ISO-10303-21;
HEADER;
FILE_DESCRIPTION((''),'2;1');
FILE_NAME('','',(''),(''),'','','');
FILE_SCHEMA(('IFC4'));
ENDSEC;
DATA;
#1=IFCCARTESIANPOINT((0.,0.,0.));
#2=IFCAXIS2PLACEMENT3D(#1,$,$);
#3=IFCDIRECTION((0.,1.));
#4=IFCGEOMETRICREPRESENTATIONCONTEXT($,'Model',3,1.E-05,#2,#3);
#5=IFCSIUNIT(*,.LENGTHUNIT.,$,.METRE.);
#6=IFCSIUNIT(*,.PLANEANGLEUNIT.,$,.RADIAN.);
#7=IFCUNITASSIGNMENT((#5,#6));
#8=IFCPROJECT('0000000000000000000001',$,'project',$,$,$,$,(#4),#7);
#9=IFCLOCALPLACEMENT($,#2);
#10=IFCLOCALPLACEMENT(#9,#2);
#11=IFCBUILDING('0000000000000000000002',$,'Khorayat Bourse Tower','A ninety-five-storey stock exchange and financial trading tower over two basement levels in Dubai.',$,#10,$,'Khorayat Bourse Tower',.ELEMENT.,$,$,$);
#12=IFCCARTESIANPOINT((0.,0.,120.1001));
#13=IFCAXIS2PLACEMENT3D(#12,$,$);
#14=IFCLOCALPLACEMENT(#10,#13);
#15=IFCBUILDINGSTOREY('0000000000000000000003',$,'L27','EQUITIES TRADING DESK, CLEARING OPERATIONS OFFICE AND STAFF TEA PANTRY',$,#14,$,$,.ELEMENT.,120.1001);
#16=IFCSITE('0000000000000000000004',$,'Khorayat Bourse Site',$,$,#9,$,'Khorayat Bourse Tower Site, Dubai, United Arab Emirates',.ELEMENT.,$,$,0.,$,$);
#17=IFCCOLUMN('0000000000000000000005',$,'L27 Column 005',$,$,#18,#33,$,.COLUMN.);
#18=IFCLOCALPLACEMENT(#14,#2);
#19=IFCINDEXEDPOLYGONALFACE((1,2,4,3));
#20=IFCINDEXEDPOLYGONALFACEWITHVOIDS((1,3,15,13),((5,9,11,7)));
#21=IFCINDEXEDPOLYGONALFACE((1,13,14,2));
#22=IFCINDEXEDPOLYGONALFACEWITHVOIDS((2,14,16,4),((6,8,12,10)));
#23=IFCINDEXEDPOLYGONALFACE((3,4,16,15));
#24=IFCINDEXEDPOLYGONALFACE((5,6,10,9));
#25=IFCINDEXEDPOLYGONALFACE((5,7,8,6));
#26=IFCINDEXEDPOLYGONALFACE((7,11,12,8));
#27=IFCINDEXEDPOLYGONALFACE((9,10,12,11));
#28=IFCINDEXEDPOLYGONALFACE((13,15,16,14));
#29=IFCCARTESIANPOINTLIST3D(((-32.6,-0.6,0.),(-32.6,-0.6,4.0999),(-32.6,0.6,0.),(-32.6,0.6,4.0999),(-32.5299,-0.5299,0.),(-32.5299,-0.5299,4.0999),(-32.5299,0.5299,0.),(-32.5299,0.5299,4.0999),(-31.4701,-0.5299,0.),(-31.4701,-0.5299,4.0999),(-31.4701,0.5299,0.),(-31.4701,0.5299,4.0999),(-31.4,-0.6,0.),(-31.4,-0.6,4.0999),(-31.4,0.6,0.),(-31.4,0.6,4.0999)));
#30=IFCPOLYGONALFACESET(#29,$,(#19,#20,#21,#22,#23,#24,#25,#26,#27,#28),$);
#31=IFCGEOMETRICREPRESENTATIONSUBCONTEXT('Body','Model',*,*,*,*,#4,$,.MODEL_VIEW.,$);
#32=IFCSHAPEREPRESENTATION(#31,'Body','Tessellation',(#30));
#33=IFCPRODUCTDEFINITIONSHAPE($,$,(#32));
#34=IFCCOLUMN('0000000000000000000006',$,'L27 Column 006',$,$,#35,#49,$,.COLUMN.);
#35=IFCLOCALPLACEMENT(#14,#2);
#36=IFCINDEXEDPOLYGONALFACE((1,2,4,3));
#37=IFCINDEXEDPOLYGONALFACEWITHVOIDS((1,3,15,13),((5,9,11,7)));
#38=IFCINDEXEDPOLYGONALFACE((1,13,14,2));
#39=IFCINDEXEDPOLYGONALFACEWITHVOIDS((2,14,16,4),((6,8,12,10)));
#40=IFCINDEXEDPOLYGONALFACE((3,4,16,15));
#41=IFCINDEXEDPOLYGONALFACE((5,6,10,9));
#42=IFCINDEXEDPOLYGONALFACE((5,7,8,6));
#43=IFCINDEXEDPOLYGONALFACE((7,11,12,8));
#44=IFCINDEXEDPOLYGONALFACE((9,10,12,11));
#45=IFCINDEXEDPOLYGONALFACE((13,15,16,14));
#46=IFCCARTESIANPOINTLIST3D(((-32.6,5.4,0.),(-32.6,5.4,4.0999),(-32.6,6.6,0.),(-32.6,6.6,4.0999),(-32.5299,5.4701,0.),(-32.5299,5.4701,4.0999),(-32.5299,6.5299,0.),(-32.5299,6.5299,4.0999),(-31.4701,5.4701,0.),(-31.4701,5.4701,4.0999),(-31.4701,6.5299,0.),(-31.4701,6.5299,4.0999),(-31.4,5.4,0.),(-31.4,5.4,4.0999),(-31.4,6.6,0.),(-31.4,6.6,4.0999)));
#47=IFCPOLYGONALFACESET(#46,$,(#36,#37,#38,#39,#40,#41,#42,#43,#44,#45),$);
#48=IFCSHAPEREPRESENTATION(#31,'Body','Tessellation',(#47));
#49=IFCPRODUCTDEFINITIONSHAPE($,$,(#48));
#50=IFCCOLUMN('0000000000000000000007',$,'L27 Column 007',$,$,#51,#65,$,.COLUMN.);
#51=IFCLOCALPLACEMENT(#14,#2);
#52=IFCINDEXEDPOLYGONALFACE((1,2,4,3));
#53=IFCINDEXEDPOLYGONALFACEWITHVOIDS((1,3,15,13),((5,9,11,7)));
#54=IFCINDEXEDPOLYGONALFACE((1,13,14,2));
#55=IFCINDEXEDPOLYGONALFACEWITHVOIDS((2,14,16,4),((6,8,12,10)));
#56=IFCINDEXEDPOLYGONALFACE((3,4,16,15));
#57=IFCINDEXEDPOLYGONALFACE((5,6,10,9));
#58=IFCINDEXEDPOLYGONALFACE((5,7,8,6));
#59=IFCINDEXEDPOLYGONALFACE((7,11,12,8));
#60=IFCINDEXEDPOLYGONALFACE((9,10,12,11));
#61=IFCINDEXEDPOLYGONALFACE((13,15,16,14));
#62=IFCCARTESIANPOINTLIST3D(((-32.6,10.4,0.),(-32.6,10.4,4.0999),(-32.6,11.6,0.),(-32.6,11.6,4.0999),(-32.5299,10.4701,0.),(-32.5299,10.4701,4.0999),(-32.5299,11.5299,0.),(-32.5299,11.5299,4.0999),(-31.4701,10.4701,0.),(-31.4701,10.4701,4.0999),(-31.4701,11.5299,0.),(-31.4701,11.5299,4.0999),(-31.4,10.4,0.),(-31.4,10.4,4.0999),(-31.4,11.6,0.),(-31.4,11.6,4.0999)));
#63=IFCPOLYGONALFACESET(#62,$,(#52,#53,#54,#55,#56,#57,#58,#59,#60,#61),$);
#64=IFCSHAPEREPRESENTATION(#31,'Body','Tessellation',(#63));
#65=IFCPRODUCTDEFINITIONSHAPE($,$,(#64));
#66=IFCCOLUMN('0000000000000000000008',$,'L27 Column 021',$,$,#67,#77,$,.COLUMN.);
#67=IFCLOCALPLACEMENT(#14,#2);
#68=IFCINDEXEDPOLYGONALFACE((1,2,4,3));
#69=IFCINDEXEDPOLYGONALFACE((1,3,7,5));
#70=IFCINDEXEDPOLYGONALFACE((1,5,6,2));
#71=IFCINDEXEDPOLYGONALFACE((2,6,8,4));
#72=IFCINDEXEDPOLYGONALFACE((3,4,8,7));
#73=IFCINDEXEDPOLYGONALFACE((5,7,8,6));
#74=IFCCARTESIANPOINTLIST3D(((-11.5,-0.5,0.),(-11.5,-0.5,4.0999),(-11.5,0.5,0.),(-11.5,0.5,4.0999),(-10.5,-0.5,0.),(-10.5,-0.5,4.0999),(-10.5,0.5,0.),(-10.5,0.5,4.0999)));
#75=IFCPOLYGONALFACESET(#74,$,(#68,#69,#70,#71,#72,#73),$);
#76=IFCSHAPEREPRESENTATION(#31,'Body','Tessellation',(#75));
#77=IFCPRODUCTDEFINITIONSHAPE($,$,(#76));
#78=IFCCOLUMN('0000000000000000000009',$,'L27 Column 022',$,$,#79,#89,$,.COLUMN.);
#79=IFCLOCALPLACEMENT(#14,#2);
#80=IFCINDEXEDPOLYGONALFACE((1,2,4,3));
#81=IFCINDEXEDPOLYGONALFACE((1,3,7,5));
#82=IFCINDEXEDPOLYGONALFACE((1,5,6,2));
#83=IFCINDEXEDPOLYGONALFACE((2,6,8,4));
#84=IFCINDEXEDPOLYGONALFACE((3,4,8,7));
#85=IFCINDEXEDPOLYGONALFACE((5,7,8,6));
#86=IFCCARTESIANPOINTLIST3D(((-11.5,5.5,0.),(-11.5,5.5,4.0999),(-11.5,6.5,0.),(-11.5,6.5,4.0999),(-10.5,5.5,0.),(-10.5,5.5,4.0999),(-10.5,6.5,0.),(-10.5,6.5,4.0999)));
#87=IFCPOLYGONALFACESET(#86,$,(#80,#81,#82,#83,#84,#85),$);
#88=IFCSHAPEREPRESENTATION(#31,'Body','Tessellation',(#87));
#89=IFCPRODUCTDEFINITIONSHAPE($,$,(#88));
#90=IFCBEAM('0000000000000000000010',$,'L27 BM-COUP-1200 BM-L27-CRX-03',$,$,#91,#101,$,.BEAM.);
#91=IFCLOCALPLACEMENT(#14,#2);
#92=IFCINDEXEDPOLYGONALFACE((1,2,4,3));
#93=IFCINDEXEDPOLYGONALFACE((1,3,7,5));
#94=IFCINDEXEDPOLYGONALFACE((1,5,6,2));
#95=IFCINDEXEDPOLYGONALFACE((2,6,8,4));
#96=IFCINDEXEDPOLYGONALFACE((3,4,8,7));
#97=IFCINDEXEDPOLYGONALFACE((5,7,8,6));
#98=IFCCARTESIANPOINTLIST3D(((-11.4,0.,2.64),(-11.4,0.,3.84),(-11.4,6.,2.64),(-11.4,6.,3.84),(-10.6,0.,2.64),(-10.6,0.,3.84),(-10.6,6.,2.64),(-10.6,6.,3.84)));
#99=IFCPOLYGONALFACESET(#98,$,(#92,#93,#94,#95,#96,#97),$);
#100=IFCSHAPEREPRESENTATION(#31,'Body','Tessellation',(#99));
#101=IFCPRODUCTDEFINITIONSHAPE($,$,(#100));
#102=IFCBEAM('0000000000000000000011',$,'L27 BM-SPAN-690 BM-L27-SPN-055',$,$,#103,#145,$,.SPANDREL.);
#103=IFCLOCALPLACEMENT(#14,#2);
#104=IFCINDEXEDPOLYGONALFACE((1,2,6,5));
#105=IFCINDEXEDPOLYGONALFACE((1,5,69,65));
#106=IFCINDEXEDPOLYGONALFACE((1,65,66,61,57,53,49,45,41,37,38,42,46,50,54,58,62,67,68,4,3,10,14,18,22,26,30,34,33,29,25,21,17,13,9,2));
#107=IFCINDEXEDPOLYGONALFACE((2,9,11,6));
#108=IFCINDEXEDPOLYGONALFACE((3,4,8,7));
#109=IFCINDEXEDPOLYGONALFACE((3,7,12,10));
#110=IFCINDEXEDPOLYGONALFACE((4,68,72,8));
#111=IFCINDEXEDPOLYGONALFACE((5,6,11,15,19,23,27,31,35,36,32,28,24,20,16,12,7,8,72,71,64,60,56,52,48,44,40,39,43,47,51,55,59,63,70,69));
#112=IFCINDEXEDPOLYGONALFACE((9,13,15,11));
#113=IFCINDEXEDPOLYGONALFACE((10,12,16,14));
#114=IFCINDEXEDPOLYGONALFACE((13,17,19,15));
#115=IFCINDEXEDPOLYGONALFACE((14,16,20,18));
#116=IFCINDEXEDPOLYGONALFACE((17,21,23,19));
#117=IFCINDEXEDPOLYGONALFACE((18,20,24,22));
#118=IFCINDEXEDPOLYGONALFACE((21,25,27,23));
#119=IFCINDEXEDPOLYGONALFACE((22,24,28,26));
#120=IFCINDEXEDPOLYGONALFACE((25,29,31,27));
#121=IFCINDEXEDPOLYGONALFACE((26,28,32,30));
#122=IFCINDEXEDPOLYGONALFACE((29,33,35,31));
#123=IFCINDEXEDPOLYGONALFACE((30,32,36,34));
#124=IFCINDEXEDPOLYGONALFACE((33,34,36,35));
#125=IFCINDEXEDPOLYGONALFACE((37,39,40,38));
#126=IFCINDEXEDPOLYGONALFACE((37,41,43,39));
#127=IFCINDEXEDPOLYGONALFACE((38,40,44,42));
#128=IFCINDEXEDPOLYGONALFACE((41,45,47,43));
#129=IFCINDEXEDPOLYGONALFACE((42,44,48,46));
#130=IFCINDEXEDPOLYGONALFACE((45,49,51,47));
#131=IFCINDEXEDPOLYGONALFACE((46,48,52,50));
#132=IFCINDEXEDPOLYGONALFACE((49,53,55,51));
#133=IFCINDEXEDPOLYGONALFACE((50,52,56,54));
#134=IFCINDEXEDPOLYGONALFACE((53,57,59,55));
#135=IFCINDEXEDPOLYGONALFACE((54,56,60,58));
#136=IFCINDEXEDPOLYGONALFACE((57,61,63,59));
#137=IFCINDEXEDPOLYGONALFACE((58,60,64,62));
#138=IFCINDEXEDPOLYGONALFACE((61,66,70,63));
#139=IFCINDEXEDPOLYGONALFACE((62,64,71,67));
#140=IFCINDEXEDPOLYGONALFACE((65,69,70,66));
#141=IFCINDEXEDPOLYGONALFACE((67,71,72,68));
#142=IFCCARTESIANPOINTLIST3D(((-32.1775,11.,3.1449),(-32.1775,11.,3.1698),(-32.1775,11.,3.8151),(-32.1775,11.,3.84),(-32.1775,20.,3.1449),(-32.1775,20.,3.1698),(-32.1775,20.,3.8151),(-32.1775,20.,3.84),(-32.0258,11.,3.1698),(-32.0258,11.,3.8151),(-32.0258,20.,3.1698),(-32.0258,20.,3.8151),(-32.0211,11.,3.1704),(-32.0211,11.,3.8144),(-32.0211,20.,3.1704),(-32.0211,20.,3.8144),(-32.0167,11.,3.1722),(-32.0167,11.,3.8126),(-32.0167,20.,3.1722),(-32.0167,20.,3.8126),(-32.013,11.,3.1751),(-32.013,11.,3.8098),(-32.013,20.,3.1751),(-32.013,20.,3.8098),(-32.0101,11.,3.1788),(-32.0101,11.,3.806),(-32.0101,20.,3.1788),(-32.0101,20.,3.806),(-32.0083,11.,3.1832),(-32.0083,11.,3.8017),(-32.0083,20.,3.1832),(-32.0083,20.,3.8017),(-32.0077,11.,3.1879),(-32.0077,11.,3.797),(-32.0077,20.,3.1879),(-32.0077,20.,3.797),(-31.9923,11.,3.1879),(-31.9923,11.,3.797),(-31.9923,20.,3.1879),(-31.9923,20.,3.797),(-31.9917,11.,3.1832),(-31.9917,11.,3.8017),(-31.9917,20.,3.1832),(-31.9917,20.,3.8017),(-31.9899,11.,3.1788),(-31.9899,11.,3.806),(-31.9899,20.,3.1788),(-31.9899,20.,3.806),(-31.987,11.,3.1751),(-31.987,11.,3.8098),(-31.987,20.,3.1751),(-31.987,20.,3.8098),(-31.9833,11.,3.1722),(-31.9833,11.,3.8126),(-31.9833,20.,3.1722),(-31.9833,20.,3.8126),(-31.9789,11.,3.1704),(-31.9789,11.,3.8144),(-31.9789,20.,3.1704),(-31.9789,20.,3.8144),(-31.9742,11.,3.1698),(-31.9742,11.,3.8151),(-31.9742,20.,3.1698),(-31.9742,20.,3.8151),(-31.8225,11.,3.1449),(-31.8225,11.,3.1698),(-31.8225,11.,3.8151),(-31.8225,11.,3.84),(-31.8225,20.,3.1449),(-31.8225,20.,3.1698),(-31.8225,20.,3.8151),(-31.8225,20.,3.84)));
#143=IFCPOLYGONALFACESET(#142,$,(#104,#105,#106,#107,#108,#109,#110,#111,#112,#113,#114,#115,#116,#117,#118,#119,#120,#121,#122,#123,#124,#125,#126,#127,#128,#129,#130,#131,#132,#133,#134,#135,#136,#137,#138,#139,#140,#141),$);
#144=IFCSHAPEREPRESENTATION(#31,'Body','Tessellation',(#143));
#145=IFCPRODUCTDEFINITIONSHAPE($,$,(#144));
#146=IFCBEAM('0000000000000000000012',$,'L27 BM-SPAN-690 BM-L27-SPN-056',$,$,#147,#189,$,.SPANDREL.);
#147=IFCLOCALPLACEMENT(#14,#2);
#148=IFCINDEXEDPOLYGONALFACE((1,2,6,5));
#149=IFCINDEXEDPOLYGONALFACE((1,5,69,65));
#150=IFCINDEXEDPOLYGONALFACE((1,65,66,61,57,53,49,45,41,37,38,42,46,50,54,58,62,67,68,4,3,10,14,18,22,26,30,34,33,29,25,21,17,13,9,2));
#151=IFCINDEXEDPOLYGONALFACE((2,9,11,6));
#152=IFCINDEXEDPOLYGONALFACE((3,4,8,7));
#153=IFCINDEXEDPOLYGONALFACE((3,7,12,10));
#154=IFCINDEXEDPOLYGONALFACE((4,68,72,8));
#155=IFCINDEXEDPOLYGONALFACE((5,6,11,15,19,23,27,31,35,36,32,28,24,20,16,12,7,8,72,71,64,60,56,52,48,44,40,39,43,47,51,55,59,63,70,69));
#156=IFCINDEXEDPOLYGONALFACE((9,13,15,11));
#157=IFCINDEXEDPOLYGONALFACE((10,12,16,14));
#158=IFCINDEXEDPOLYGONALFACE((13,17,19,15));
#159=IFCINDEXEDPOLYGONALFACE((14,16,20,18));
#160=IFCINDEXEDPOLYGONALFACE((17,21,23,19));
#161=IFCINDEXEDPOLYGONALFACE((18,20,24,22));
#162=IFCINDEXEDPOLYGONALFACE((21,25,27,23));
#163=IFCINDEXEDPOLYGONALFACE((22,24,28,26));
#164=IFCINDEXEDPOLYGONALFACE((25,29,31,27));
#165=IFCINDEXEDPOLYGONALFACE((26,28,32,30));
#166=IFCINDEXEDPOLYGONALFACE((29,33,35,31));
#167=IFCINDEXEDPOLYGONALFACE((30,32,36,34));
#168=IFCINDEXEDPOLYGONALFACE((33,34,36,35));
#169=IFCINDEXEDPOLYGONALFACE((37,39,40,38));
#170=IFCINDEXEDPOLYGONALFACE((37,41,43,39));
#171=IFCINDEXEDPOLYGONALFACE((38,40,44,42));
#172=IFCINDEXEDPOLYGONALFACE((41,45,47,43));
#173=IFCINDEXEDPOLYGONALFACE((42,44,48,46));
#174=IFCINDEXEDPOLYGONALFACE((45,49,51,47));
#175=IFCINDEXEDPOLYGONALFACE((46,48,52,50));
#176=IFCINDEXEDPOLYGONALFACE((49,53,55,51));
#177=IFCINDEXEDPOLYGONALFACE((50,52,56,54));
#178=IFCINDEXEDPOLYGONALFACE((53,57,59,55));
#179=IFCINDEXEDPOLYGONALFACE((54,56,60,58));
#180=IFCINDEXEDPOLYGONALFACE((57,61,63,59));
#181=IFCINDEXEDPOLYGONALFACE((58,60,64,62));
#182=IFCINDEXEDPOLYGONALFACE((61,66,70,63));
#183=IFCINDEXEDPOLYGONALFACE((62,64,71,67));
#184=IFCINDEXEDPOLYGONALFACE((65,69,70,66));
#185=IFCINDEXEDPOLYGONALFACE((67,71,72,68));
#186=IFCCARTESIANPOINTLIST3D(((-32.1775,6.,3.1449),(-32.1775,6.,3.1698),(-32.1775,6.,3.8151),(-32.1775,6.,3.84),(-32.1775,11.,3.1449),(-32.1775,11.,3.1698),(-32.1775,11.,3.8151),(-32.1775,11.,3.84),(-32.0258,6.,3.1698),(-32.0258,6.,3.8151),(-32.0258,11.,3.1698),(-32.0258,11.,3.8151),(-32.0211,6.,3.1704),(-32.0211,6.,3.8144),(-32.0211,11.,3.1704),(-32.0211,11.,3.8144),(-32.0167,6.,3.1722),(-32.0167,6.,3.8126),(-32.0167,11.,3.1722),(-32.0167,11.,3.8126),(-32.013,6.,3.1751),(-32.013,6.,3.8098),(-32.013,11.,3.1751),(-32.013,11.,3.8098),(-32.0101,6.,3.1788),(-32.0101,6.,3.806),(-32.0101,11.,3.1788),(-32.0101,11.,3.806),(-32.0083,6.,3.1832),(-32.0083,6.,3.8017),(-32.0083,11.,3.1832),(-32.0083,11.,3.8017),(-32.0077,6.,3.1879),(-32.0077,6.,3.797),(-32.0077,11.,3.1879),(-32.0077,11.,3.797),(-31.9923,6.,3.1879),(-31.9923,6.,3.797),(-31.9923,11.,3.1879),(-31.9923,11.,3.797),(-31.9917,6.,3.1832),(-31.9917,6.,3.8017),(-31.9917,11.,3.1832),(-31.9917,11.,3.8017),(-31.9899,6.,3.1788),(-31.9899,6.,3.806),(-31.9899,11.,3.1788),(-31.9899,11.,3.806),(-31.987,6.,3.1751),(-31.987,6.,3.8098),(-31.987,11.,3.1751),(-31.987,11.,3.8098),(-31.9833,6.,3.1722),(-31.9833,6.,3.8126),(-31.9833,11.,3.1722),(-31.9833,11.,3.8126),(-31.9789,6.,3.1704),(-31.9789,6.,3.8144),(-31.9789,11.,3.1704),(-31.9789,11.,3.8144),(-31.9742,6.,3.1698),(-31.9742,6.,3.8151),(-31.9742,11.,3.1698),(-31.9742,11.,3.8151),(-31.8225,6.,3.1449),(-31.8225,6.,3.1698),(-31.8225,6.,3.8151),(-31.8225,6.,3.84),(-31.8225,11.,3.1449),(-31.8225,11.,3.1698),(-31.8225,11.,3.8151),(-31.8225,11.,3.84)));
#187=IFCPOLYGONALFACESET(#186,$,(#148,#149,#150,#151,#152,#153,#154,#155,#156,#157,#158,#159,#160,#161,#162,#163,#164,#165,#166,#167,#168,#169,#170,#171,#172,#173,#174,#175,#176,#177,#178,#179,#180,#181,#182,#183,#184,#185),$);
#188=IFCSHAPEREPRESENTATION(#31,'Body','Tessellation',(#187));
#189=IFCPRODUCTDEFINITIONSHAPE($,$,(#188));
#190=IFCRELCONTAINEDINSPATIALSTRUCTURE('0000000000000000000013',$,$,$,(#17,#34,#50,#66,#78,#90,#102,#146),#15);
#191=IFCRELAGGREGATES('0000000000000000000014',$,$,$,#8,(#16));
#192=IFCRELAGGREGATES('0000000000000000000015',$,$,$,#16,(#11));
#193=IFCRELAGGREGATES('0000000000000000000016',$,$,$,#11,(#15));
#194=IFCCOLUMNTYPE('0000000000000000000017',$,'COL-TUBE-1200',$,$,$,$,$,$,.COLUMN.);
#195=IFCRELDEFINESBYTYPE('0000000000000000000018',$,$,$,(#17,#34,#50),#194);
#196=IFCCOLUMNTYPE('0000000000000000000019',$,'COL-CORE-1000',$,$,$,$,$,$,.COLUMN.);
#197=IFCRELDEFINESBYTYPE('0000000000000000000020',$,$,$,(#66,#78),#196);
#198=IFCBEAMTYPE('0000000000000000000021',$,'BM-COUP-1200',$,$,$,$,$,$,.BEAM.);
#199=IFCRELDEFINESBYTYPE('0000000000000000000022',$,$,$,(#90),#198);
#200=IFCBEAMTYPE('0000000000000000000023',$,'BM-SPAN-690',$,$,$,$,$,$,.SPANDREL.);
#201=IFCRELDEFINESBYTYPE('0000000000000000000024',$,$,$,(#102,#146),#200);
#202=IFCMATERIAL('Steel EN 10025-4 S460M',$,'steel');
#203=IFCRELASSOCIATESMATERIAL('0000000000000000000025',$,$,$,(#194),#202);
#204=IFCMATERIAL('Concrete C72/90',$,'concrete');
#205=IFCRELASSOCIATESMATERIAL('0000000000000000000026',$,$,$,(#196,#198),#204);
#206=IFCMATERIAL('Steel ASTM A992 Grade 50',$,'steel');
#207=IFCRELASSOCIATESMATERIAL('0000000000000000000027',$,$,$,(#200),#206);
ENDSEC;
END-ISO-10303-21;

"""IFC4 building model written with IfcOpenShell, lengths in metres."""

from ifc_helpers import new_model, si_unit, direction, frame, origin, origin_2d, place, context, subcontext, project, spatial, rectangle, hollow_rectangle, i_section, extrude, source, transform, mapped, material, material_profile, profile_set, type_object, element, save


model = new_model("IFC4")

# Units and contexts
model_context = context("Model", 3, precision=1e-05, world=origin(), true_north=direction((0.0, 1.0)))
body_context = subcontext(model_context, "Body", "Model", "MODEL_VIEW")
ifc_project = project(units=[si_unit("LENGTHUNIT", "METRE"), si_unit("PLANEANGLEUNIT", "RADIAN")], contexts=[model_context])

# Site, building, storey
site_placement = place(None, origin())
site = spatial("IfcSite", under=ifc_project, at=site_placement, Name="Khorayat Bourse Site", LongName="Khorayat Bourse Tower Site, Dubai, United Arab Emirates", CompositionType="ELEMENT", RefElevation=0.0)
building_placement = place(site_placement, origin())
building = spatial("IfcBuilding", under=site, at=building_placement, Name="Khorayat Bourse Tower", Description="A ninety-five-storey stock exchange and financial trading tower over two basement levels in Dubai.", LongName="Khorayat Bourse Tower", CompositionType="ELEMENT")
storey_placement = place(building_placement, frame((0.0, 0.0, 120.1001)))
storey = spatial("IfcBuildingStorey", under=building, at=storey_placement, Name="L27", Description="EQUITIES TRADING DESK, CLEARING OPERATIONS OFFICE AND STAFF TEA PANTRY", CompositionType="ELEMENT", Elevation=120.1001)

# Columns
ifc_material_1 = material(Name="Steel EN 10025-4 S460M", Category="steel")
ifc_material_profile_1 = material_profile(ifc_material_1, hollow_rectangle(XDim=1.2, YDim=1.2, WallThickness=0.0701, at=origin_2d()), Name="BOX 1200x1200x70")
ifc_profile_set_1 = profile_set([ifc_material_profile_1], Name="Steel EN 10025-4 S460M")
column_type_1 = type_object("IfcColumnType", Name="COL-TUBE-1200", PredefinedType="COLUMN", material=ifc_profile_set_1)
shared_shape_1 = source(origin(), body_context, "Body", "SweptSolid", [
    extrude(hollow_rectangle(XDim=1.2, YDim=1.2, WallThickness=0.0701, at=origin_2d()), origin(), (0.0, 0.0, 1.0), 4.0999),
])
for number, where, z_axis, x_axis, name in (
    (1, (-32.0, 0.0, 0.0), (0.0, 0.0, 1.0), (1.0, 0.0, 0.0), "L27 Column 005"),
    (2, (-32.0, 6.0, 0.0), (0.0, 0.0, 1.0), (1.0, 0.0, 0.0), "L27 Column 006"),
    (3, (-32.0, 11.0, 0.0), (0.0, 0.0, 1.0), (1.0, 0.0, 0.0), "L27 Column 007"),
):
    element("IfcColumn", number, at=place(storey_placement, frame(where, z_axis=z_axis, x_axis=x_axis)), inside=storey, type_object=column_type_1, Name=name, PredefinedType="COLUMN", context=body_context, shape_type="MappedRepresentation", body=[
        mapped(shared_shape_1, transform((0.0, 0.0, 0.0), scale=1.0)),
    ])
ifc_material_2 = material(Name="Concrete C72/90", Category="concrete")
ifc_material_profile_2 = material_profile(ifc_material_2, rectangle(XDim=1.0, YDim=1.0, at=origin_2d()), Name="RC 1000x1000")
ifc_profile_set_2 = profile_set([ifc_material_profile_2], Name="Concrete C72/90")
column_type_2 = type_object("IfcColumnType", Name="COL-CORE-1000", PredefinedType="COLUMN", material=ifc_profile_set_2)
shared_shape_2 = source(origin(), body_context, "Body", "SweptSolid", [
    extrude(rectangle(XDim=1.0, YDim=1.0, at=origin_2d()), origin(), (0.0, 0.0, 1.0), 4.0999),
])
for number, where, z_axis, x_axis, name in (
    (4, (-11.0, 0.0, 0.0), (0.0, 0.0, 1.0), (1.0, 0.0, 0.0), "L27 Column 021"),
    (5, (-11.0, 6.0, 0.0), (0.0, 0.0, 1.0), (1.0, 0.0, 0.0), "L27 Column 022"),
):
    element("IfcColumn", number, at=place(storey_placement, frame(where, z_axis=z_axis, x_axis=x_axis)), inside=storey, type_object=column_type_2, Name=name, PredefinedType="COLUMN", context=body_context, shape_type="MappedRepresentation", body=[
        mapped(shared_shape_2, transform((0.0, 0.0, 0.0), scale=1.0)),
    ])

# Beams
ifc_material_profile_3 = material_profile(ifc_material_2, rectangle(XDim=0.8, YDim=1.2, at=origin_2d()), Name="RC 800x1200")
ifc_profile_set_3 = profile_set([ifc_material_profile_3], Name="Concrete C72/90")
beam_type_1 = type_object("IfcBeamType", Name="BM-COUP-1200", PredefinedType="BEAM", material=ifc_profile_set_3)
shared_shape_3 = source(origin(), body_context, "Body", "SweptSolid", [
    extrude(rectangle(XDim=0.8, YDim=1.2, at=origin_2d()), origin(), (0.0, 0.0, 1.0), 6.0),
])
beam_1_placement = place(storey_placement, frame((-11.0, 0.0, 3.24), z_axis=(0.0, 1.0, 0.0), x_axis=(-1.0, 0.0, 0.0)))
element("IfcBeam", 6, at=beam_1_placement, inside=storey, type_object=beam_type_1, Name="L27 BM-COUP-1200 BM-L27-CRX-03", PredefinedType="BEAM", context=body_context, shape_type="MappedRepresentation", body=[
    mapped(shared_shape_3, transform((0.0, 0.0, 0.0), scale=1.0)),
])
ifc_material_3 = material(Name="Steel ASTM A992 Grade 50", Category="steel")
ifc_material_profile_4 = material_profile(ifc_material_3, i_section(OverallWidth=0.355, OverallDepth=0.6951, WebThickness=0.0154, FlangeThickness=0.0249, FilletRadius=0.0181, at=origin_2d()), Name="W690X217")
ifc_profile_set_4 = profile_set([ifc_material_profile_4], Name="Steel ASTM A992 Grade 50")
beam_type_2 = type_object("IfcBeamType", Name="BM-SPAN-690", PredefinedType="SPANDREL", material=ifc_profile_set_4)
shared_shape_4 = source(origin(), body_context, "Body", "SweptSolid", [
    extrude(i_section(OverallWidth=0.355, OverallDepth=0.6951, WebThickness=0.0154, FlangeThickness=0.0249, FilletRadius=0.0181, at=origin_2d()), origin(), (0.0, 0.0, 1.0), 9.0),
])
beam_2_placement = place(storey_placement, frame((-32.0, 11.0, 3.4924), z_axis=(0.0, 1.0, 0.0), x_axis=(-1.0, 0.0, 0.0)))
element("IfcBeam", 7, at=beam_2_placement, inside=storey, type_object=beam_type_2, Name="L27 BM-SPAN-690 BM-L27-SPN-055", PredefinedType="SPANDREL", context=body_context, shape_type="MappedRepresentation", body=[
    mapped(shared_shape_4, transform((0.0, 0.0, 0.0), scale=1.0)),
])
shared_shape_5 = source(origin(), body_context, "Body", "SweptSolid", [
    extrude(i_section(OverallWidth=0.355, OverallDepth=0.6951, WebThickness=0.0154, FlangeThickness=0.0249, FilletRadius=0.0181, at=origin_2d()), origin(), (0.0, 0.0, 1.0), 5.0),
])
beam_3_placement = place(storey_placement, frame((-32.0, 6.0, 3.4924), z_axis=(0.0, 1.0, 0.0), x_axis=(-1.0, 0.0, 0.0)))
element("IfcBeam", 8, at=beam_3_placement, inside=storey, type_object=beam_type_2, Name="L27 BM-SPAN-690 BM-L27-SPN-056", PredefinedType="SPANDREL", context=body_context, shape_type="MappedRepresentation", body=[
    mapped(shared_shape_5, transform((0.0, 0.0, 0.0), scale=1.0)),
])

save(model, "model.ifc")
